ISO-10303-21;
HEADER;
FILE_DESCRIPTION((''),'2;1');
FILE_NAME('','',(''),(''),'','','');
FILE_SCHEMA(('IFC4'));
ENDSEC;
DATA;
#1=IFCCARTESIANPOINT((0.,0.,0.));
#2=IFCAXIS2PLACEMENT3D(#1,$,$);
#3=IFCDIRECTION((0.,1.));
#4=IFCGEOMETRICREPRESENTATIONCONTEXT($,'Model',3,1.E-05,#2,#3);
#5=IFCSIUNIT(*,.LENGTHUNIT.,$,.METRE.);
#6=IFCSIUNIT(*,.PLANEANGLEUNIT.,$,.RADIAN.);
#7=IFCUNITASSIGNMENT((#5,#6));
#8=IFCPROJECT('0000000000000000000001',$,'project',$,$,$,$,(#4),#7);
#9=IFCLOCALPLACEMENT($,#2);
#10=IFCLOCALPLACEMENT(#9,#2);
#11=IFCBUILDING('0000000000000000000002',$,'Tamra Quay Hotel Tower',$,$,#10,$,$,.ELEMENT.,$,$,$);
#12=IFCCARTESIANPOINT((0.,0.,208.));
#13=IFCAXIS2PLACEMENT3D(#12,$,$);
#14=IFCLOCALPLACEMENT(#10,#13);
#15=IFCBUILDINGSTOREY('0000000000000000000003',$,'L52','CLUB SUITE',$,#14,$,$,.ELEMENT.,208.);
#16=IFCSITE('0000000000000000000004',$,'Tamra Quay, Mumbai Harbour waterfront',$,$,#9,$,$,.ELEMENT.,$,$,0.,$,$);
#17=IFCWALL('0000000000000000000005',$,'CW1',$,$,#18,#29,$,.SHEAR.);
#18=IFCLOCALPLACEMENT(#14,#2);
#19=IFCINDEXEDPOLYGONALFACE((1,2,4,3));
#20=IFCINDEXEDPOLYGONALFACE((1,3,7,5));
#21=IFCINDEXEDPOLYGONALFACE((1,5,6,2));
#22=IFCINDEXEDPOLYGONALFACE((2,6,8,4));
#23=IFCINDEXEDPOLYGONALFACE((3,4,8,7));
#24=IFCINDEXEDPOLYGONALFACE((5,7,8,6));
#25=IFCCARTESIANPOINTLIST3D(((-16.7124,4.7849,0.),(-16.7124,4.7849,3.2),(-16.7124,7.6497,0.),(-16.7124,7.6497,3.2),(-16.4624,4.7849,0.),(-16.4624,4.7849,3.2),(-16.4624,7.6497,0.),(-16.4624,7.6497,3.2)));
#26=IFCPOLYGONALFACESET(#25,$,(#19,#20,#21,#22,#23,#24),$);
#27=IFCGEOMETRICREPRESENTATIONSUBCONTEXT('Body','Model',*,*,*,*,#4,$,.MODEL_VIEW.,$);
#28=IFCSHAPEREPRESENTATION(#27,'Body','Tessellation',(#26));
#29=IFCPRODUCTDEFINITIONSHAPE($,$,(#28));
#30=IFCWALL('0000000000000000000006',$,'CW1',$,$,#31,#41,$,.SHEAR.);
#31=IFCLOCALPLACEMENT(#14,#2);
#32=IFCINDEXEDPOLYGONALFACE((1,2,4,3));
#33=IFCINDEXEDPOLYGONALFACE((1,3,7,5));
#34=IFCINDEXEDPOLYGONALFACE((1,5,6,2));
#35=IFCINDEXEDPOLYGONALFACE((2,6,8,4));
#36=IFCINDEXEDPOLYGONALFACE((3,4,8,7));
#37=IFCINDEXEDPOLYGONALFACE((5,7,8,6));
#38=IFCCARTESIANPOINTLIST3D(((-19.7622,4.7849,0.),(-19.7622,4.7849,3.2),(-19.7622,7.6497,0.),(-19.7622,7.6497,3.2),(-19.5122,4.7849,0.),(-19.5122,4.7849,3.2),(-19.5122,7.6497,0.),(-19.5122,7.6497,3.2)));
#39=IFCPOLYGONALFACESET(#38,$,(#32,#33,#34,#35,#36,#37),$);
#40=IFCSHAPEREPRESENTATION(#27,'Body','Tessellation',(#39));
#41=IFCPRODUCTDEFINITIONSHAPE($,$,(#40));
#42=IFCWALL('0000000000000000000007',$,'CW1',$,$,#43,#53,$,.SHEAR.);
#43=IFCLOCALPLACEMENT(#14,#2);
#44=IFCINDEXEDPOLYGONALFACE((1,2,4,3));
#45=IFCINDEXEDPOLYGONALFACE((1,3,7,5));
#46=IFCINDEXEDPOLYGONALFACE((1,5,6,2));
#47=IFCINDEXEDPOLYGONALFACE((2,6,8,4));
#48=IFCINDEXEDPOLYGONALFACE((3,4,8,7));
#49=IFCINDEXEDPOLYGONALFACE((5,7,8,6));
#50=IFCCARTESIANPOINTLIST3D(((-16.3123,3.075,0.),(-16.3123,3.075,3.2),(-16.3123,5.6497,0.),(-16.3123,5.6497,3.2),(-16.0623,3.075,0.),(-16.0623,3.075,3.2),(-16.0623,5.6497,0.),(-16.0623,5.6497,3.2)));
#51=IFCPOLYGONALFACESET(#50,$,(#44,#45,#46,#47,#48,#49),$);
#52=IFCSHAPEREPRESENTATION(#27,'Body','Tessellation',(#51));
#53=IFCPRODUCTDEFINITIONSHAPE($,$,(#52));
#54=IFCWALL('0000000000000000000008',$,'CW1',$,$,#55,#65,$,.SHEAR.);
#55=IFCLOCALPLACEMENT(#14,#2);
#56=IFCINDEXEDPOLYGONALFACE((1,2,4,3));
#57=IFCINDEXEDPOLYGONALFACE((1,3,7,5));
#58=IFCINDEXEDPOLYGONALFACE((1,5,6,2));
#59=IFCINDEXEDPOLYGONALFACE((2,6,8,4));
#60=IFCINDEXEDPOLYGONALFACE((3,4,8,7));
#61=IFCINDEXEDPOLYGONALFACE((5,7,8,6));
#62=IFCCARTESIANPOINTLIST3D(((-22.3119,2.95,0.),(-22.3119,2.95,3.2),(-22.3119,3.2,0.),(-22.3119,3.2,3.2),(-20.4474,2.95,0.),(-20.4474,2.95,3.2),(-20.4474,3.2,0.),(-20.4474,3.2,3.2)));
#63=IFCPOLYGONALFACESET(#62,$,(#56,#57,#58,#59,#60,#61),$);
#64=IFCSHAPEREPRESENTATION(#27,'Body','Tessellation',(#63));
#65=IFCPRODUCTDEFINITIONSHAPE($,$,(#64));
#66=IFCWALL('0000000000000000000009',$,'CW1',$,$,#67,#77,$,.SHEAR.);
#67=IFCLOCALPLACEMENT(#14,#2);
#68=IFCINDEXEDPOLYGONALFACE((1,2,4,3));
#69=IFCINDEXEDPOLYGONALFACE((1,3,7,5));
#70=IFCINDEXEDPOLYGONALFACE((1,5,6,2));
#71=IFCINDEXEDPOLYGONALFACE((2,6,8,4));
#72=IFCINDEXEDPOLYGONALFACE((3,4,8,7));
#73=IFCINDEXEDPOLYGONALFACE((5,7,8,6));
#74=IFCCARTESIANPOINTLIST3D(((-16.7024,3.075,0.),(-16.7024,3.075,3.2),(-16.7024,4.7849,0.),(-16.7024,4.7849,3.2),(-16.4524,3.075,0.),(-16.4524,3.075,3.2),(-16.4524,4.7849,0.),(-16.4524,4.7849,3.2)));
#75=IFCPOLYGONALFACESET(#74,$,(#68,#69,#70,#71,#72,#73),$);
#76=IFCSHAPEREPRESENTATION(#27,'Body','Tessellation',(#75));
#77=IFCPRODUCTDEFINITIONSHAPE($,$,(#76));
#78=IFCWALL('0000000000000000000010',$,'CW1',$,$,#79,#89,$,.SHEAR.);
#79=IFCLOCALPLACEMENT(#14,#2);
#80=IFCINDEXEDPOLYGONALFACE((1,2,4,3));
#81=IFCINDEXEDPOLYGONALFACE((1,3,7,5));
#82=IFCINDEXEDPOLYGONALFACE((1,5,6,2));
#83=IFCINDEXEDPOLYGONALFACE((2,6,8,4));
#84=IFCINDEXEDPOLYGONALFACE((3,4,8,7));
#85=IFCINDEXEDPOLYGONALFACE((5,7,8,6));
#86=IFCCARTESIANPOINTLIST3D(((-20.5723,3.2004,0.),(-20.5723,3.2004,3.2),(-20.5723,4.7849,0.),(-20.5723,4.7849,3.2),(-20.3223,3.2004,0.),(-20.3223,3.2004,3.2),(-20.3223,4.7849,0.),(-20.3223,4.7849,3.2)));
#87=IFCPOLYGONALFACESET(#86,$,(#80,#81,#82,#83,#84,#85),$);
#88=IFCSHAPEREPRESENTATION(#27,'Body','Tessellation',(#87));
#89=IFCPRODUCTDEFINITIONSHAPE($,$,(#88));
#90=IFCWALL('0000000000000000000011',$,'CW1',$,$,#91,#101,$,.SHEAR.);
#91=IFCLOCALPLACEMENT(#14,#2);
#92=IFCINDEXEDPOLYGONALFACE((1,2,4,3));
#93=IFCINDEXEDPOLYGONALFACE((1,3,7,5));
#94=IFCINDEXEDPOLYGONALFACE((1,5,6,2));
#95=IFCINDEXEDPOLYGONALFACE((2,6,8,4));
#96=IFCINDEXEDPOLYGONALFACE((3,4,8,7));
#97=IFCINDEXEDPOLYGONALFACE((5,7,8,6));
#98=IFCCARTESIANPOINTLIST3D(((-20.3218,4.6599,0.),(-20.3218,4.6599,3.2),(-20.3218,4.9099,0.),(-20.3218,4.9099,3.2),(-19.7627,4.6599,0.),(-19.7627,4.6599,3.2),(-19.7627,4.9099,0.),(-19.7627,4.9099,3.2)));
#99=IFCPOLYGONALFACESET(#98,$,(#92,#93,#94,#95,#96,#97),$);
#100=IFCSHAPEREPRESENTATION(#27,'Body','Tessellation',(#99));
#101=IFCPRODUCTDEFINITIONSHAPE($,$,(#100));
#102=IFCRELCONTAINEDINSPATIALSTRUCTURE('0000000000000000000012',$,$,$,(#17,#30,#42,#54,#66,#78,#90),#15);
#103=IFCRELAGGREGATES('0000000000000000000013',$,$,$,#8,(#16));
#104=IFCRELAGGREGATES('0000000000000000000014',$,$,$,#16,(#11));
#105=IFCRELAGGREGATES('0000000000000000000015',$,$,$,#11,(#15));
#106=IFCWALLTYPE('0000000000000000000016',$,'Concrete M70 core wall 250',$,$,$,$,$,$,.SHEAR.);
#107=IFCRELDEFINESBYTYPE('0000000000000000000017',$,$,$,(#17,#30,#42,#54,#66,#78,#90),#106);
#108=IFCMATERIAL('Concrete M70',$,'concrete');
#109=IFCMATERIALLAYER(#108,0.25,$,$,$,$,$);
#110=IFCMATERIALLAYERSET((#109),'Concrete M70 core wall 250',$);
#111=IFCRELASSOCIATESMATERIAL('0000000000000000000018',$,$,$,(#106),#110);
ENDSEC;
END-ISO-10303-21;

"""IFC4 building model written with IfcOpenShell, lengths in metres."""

from ifc_helpers import new_model, si_unit, direction, frame, frame_2d, origin, place, context, subcontext, project, spatial, rectangle, extrude, material, layer, layer_set, type_object, element, save


model = new_model("IFC4")

# Units and contexts
model_context = context("Model", 3, precision=1e-05, world=origin(), true_north=direction((0.0, 1.0)))
body_context = subcontext(model_context, "Body", "Model", "MODEL_VIEW")
ifc_project = project(units=[si_unit("LENGTHUNIT", "METRE"), si_unit("PLANEANGLEUNIT", "RADIAN")], contexts=[model_context])

# Site, building, storey
site_placement = place(None, origin())
site = spatial("IfcSite", under=ifc_project, at=site_placement, Name="Tamra Quay, Mumbai Harbour waterfront", CompositionType="ELEMENT", RefElevation=0.0)
building_placement = place(site_placement, origin())
building = spatial("IfcBuilding", under=site, at=building_placement, Name="Tamra Quay Hotel Tower", CompositionType="ELEMENT")
storey_placement = place(building_placement, frame((0.0, 0.0, 208.0)))
storey = spatial("IfcBuildingStorey", under=building, at=storey_placement, Name="L52", Description="CLUB SUITE", CompositionType="ELEMENT", Elevation=208.0)

# Shared definitions
ifc_material_1 = material(Name="Concrete M70", Category="concrete")

# Walls
ifc_layer_1 = layer(ifc_material_1, 0.25)
ifc_layer_set_1 = layer_set([ifc_layer_1], Name="Concrete M70 core wall 250")
wall_type_1 = type_object("IfcWallType", Name="Concrete M70 core wall 250", PredefinedType="SHEAR", material=ifc_layer_set_1)
for number, where, z_axis, x_axis, name in (
    (1, (-16.5874, 7.6497, 0.0), (0.0, 0.0, 1.0), (0.0, -1.0, 0.0), "CW1"),
    (2, (-19.6372, 4.7849, 0.0), (0.0, 0.0, 1.0), (0.0, 1.0, 0.0), "CW1"),
):
    element("IfcWall", number, at=place(storey_placement, frame(where, z_axis=z_axis, x_axis=x_axis)), inside=storey, type_object=wall_type_1, Name=name, PredefinedType="SHEAR", context=body_context, shape_type="SweptSolid", body=[
        extrude(rectangle(XDim=2.8647, YDim=0.25, at=frame_2d((1.4324, 0.0))), origin(), (0.0, 0.0, 1.0), 3.2),
    ])
wall_1_placement = place(storey_placement, frame((-16.1873, 3.075, 0.0), z_axis=(0.0, 0.0, 1.0), x_axis=(0.0, 1.0, 0.0)))
element("IfcWall", 3, at=wall_1_placement, inside=storey, type_object=wall_type_1, Name="CW1", PredefinedType="SHEAR", context=body_context, shape_type="SweptSolid", body=[
    extrude(rectangle(XDim=2.5747, YDim=0.25, at=frame_2d((1.2874, 0.0))), origin(), (0.0, 0.0, 1.0), 3.2),
])
wall_2_placement = place(storey_placement, frame((-22.3118, 3.075, 0.0), z_axis=(0.0, 0.0, 1.0), x_axis=(1.0, 0.0, 0.0)))
element("IfcWall", 4, at=wall_2_placement, inside=storey, type_object=wall_type_1, Name="CW1", PredefinedType="SHEAR", context=body_context, shape_type="SweptSolid", body=[
    extrude(rectangle(XDim=1.8645, YDim=0.25, at=frame_2d((0.9321, 0.0))), origin(), (0.0, 0.0, 1.0), 3.2),
])
wall_3_placement = place(storey_placement, frame((-16.5774, 4.7849, 0.0), z_axis=(0.0, 0.0, 1.0), x_axis=(0.0, -1.0, 0.0)))
element("IfcWall", 5, at=wall_3_placement, inside=storey, type_object=wall_type_1, Name="CW1", PredefinedType="SHEAR", context=body_context, shape_type="SweptSolid", body=[
    extrude(rectangle(XDim=1.71, YDim=0.25, at=frame_2d((0.855, 0.0))), origin(), (0.0, 0.0, 1.0), 3.2),
])
wall_4_placement = place(storey_placement, frame((-20.4473, 3.2004, 0.0), z_axis=(0.0, 0.0, 1.0), x_axis=(0.0, 1.0, 0.0)))
element("IfcWall", 6, at=wall_4_placement, inside=storey, type_object=wall_type_1, Name="CW1", PredefinedType="SHEAR", context=body_context, shape_type="SweptSolid", body=[
    extrude(rectangle(XDim=1.5845, YDim=0.25, at=frame_2d((0.7922, 0.0))), origin(), (0.0, 0.0, 1.0), 3.2),
])
wall_5_placement = place(storey_placement, frame((-20.3218, 4.7849, 0.0), z_axis=(0.0, 0.0, 1.0), x_axis=(1.0, 0.0, 0.0)))
element("IfcWall", 7, at=wall_5_placement, inside=storey, type_object=wall_type_1, Name="CW1", PredefinedType="SHEAR", context=body_context, shape_type="SweptSolid", body=[
    extrude(rectangle(XDim=0.5591, YDim=0.25, at=frame_2d((0.2795, 0.0))), origin(), (0.0, 0.0, 1.0), 3.2),
])

save(model, "model.ifc")
